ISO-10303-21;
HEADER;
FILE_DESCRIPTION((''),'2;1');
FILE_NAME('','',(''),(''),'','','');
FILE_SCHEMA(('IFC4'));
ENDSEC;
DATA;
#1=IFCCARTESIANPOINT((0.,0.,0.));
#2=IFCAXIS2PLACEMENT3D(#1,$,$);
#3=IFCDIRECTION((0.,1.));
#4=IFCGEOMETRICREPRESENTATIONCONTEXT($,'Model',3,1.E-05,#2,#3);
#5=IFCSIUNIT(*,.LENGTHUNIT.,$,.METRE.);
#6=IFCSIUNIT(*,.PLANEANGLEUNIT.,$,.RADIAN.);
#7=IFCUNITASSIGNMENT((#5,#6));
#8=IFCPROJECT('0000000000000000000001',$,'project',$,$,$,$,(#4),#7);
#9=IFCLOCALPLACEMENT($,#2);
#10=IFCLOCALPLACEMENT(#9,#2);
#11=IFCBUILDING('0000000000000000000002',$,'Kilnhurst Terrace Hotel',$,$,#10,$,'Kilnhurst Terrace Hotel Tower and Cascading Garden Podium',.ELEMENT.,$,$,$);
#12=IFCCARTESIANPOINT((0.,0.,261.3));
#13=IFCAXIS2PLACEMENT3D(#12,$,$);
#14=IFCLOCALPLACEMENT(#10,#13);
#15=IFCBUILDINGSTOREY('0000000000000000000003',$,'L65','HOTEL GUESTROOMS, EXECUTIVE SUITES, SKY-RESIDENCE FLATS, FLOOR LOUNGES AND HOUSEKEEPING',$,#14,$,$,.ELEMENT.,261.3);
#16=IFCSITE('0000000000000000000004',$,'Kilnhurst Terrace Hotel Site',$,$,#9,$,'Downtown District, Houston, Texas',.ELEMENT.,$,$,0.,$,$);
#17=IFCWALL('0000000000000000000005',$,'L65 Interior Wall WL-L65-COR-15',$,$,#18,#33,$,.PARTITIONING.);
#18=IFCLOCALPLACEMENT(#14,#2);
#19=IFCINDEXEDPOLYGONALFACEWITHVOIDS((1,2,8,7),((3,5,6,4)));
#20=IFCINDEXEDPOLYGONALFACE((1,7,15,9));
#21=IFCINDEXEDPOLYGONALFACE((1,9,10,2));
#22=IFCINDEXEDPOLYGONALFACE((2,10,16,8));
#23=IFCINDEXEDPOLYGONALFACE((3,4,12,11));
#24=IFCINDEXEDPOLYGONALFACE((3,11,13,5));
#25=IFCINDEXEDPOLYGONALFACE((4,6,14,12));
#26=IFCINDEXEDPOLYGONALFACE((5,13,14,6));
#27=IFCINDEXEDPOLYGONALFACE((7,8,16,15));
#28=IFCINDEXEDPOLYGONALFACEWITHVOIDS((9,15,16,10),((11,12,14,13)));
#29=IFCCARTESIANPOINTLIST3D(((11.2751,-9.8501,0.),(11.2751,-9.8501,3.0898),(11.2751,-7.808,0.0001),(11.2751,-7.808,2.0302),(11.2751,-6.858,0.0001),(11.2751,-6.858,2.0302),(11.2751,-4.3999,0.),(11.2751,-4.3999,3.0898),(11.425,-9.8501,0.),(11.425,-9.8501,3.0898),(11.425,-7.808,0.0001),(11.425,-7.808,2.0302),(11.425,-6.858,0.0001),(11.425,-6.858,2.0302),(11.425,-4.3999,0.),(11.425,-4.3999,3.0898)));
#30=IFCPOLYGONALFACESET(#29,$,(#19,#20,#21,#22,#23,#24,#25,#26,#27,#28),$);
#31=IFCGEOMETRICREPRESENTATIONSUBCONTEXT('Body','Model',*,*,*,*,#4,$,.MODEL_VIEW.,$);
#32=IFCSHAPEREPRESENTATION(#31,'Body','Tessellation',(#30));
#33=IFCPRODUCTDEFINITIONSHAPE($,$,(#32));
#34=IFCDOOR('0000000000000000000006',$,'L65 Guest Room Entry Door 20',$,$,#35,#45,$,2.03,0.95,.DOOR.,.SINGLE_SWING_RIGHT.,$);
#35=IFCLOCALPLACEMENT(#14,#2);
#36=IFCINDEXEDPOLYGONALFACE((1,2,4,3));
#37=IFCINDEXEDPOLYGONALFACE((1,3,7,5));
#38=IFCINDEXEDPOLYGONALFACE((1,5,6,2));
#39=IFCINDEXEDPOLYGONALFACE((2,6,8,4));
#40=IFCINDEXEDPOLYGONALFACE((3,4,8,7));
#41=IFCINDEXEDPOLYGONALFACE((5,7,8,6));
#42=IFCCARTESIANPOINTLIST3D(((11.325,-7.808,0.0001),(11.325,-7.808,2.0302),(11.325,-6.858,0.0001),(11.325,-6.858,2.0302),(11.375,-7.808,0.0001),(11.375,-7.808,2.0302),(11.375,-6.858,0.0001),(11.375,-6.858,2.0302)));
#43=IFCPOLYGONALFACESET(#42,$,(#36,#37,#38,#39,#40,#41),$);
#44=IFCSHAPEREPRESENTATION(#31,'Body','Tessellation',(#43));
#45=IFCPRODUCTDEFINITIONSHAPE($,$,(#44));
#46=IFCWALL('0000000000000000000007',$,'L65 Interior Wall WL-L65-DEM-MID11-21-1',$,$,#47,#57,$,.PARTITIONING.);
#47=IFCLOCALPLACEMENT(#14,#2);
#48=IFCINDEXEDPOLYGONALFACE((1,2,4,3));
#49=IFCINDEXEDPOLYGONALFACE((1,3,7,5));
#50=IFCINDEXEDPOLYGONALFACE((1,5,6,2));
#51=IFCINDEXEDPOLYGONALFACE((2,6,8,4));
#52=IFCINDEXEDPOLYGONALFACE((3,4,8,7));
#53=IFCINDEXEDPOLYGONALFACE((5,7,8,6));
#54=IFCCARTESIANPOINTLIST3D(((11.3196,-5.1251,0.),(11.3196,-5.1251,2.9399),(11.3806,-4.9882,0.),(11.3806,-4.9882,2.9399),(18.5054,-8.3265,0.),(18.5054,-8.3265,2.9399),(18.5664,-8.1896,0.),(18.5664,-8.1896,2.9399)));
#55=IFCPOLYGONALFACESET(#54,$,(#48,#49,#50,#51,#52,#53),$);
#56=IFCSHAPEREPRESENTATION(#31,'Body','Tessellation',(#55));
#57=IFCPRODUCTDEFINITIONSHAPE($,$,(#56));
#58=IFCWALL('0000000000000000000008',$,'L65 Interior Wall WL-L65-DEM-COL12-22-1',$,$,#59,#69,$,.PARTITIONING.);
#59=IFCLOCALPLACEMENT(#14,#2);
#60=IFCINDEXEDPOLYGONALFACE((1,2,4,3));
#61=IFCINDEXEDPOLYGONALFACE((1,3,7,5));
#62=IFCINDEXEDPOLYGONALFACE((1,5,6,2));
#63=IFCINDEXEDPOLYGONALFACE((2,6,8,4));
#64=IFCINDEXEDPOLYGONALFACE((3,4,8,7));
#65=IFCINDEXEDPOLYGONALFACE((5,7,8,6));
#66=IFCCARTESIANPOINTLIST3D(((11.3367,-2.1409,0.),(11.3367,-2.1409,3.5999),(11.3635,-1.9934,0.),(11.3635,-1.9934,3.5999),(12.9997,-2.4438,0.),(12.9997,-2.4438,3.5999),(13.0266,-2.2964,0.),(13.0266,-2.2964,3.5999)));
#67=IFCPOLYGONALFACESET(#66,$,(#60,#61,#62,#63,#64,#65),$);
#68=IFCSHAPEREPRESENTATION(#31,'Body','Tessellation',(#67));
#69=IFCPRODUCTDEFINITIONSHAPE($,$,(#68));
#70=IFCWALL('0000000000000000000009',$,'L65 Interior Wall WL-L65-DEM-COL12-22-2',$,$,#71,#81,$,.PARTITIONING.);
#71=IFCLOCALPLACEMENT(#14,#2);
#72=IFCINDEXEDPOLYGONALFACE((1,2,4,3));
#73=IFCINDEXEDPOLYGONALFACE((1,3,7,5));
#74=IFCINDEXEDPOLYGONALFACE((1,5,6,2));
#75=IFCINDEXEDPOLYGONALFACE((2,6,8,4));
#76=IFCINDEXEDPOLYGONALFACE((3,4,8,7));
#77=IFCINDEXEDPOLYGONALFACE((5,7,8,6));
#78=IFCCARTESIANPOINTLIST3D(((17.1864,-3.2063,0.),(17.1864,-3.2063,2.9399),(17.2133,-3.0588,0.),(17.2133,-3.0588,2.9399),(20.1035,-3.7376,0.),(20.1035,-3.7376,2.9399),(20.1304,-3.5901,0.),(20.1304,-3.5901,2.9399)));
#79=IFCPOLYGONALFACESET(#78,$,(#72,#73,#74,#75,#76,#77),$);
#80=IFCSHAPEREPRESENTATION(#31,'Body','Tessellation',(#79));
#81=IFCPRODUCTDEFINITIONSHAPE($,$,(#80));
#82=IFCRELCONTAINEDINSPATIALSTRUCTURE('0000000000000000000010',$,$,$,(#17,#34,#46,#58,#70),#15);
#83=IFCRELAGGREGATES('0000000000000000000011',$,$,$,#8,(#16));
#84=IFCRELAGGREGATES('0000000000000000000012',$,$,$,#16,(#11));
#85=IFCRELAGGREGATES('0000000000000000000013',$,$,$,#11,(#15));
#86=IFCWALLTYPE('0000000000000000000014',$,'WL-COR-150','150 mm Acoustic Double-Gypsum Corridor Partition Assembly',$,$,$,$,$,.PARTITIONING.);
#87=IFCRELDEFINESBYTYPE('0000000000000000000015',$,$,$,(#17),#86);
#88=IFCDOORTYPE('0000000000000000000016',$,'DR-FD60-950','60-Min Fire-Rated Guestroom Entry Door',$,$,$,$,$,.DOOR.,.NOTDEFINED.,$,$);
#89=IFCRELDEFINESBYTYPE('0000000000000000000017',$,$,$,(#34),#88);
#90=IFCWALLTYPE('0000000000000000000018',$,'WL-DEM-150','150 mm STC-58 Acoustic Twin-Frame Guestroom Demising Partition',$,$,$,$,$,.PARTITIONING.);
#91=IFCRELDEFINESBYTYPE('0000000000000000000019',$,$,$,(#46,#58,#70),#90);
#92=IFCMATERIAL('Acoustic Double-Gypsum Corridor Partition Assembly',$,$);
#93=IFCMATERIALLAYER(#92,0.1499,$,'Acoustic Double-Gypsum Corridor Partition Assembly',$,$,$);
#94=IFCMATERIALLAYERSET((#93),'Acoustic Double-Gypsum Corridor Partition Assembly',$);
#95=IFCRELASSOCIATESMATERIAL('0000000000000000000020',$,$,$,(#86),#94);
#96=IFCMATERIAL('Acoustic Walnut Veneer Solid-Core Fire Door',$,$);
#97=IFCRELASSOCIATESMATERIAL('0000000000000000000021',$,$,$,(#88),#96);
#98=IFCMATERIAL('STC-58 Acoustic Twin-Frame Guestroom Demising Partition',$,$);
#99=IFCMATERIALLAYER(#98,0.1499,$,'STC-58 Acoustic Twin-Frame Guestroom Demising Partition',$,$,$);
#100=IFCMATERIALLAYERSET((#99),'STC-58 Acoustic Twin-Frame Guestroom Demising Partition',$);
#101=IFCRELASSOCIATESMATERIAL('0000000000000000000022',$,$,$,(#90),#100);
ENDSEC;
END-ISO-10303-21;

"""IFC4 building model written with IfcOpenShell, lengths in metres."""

from ifc_helpers import new_model, si_unit, direction, frame, frame_2d, origin, place, context, subcontext, project, spatial, rectangle, extrude, material, layer, layer_set, type_object, element, fill, save


model = new_model("IFC4")

# Units and contexts
model_context = context("Model", 3, precision=1e-05, world=origin(), true_north=direction((0.0, 1.0)))
body_context = subcontext(model_context, "Body", "Model", "MODEL_VIEW")
ifc_project = project(units=[si_unit("LENGTHUNIT", "METRE"), si_unit("PLANEANGLEUNIT", "RADIAN")], contexts=[model_context])

# Site, building, storey
site_placement = place(None, origin())
site = spatial("IfcSite", under=ifc_project, at=site_placement, Name="Kilnhurst Terrace Hotel Site", LongName="Downtown District, Houston, Texas", CompositionType="ELEMENT", RefElevation=0.0)
building_placement = place(site_placement, origin())
building = spatial("IfcBuilding", under=site, at=building_placement, Name="Kilnhurst Terrace Hotel", LongName="Kilnhurst Terrace Hotel Tower and Cascading Garden Podium", CompositionType="ELEMENT")
storey_placement = place(building_placement, frame((0.0, 0.0, 261.3)))
storey = spatial("IfcBuildingStorey", under=building, at=storey_placement, Name="L65", Description="HOTEL GUESTROOMS, EXECUTIVE SUITES, SKY-RESIDENCE FLATS, FLOOR LOUNGES AND HOUSEKEEPING", CompositionType="ELEMENT", Elevation=261.3)

# Shared definitions
ifc_material_1 = material(Name="Acoustic Double-Gypsum Corridor Partition Assembly")
ifc_layer_1 = layer(ifc_material_1, 0.1499, Name="Acoustic Double-Gypsum Corridor Partition Assembly")
ifc_layer_set_1 = layer_set([ifc_layer_1], Name="Acoustic Double-Gypsum Corridor Partition Assembly")
wall_type_1 = type_object("IfcWallType", Name="WL-COR-150", Description="150 mm Acoustic Double-Gypsum Corridor Partition Assembly", PredefinedType="PARTITIONING", material=ifc_layer_set_1)

# Wall, opening, door
wall_1_placement = place(storey_placement, frame((11.3501, -4.3999, 0.0), z_axis=(0.0, 0.0, 1.0), x_axis=(0.0, -1.0, 0.0)))
wall_1 = element("IfcWall", 1, at=wall_1_placement, inside=storey, type_object=wall_type_1, Name="L65 Interior Wall WL-L65-COR-15", PredefinedType="PARTITIONING", context=body_context, shape_type="SweptSolid", body=[
    extrude(rectangle(XDim=5.4502, YDim=0.1499, at=frame_2d((2.7251, 0.0))), origin(), (0.0, 0.0, 1.0), 3.0898),
])
opening_1_placement = place(wall_1_placement, frame((2.458, 0.0, 0.0)))
opening_1 = element("IfcOpeningElement", 2, at=opening_1_placement, cuts=wall_1, PredefinedType="OPENING", context=body_context, shape_type="SweptSolid", body=[
    extrude(rectangle(XDim=0.95, YDim=2.03, at=frame_2d((0.4751, 1.0151))), frame((0.0, 0.085, 0.0), z_axis=(0.0, -1.0, 0.0), x_axis=(1.0, 0.0, 0.0)), (0.0, 0.0, 1.0), 0.1699),
])
ifc_material_2 = material(Name="Acoustic Walnut Veneer Solid-Core Fire Door")
door_type_1 = type_object("IfcDoorType", Name="DR-FD60-950", Description="60-Min Fire-Rated Guestroom Entry Door", OperationType="NOTDEFINED", PredefinedType="DOOR", material=ifc_material_2)
door_1_placement = place(opening_1_placement, origin())
door_1 = element("IfcDoor", 3, at=door_1_placement, inside=storey, type_object=door_type_1, Name="L65 Guest Room Entry Door 20", OperationType="SINGLE_SWING_RIGHT", OverallHeight=2.03, OverallWidth=0.95, PredefinedType="DOOR", context=body_context, shape_type="SweptSolid", body=[
    extrude(rectangle(XDim=0.95, YDim=2.03, at=frame_2d((0.4751, 1.0151))), frame((0.0, 0.0249, 0.0), z_axis=(0.0, -1.0, 0.0), x_axis=(1.0, 0.0, 0.0)), (0.0, 0.0, 1.0), 0.05),
])
fill(opening_1, door_1)

# Walls
ifc_material_3 = material(Name="STC-58 Acoustic Twin-Frame Guestroom Demising Partition")
ifc_layer_2 = layer(ifc_material_3, 0.1499, Name="STC-58 Acoustic Twin-Frame Guestroom Demising Partition")
ifc_layer_set_2 = layer_set([ifc_layer_2], Name="STC-58 Acoustic Twin-Frame Guestroom Demising Partition")
wall_type_2 = type_object("IfcWallType", Name="WL-DEM-150", Description="150 mm STC-58 Acoustic Twin-Frame Guestroom Demising Partition", PredefinedType="PARTITIONING", material=ifc_layer_set_2)
wall_2_placement = place(storey_placement, frame((11.3501, -5.0566, 0.0), z_axis=(0.0, 0.0, 1.0), x_axis=(0.913446, -0.406959, 0.0)))
element("IfcWall", 4, at=wall_2_placement, inside=storey, type_object=wall_type_2, Name="L65 Interior Wall WL-L65-DEM-MID11-21-1", PredefinedType="PARTITIONING", context=body_context, shape_type="SweptSolid", body=[
    extrude(rectangle(XDim=7.8667, YDim=0.1499, at=frame_2d((3.9333, 0.0))), origin(), (0.0, 0.0, 1.0), 2.9399),
])
wall_3_placement = place(storey_placement, frame((11.3501, -2.0671, 0.0), z_axis=(0.0, 0.0, 1.0), x_axis=(0.983807, -0.179229, 0.0)))
element("IfcWall", 5, at=wall_3_placement, inside=storey, type_object=wall_type_2, Name="L65 Interior Wall WL-L65-DEM-COL12-22-1", PredefinedType="PARTITIONING", context=body_context, shape_type="SweptSolid", body=[
    extrude(rectangle(XDim=1.6904, YDim=0.1499, at=frame_2d((0.8452, 0.0))), origin(), (0.0, 0.0, 1.0), 3.5999),
])
wall_4_placement = place(storey_placement, frame((17.2, -3.1326, 0.0), z_axis=(0.0, 0.0, 1.0), x_axis=(0.983817, -0.179175, 0.0)))
element("IfcWall", 6, at=wall_4_placement, inside=storey, type_object=wall_type_2, Name="L65 Interior Wall WL-L65-DEM-COL12-22-2", PredefinedType="PARTITIONING", context=body_context, shape_type="SweptSolid", body=[
    extrude(rectangle(XDim=2.9651, YDim=0.1499, at=frame_2d((1.4824, 0.0))), origin(), (0.0, 0.0, 1.0), 2.9399),
])

save(model, "model.ifc")
